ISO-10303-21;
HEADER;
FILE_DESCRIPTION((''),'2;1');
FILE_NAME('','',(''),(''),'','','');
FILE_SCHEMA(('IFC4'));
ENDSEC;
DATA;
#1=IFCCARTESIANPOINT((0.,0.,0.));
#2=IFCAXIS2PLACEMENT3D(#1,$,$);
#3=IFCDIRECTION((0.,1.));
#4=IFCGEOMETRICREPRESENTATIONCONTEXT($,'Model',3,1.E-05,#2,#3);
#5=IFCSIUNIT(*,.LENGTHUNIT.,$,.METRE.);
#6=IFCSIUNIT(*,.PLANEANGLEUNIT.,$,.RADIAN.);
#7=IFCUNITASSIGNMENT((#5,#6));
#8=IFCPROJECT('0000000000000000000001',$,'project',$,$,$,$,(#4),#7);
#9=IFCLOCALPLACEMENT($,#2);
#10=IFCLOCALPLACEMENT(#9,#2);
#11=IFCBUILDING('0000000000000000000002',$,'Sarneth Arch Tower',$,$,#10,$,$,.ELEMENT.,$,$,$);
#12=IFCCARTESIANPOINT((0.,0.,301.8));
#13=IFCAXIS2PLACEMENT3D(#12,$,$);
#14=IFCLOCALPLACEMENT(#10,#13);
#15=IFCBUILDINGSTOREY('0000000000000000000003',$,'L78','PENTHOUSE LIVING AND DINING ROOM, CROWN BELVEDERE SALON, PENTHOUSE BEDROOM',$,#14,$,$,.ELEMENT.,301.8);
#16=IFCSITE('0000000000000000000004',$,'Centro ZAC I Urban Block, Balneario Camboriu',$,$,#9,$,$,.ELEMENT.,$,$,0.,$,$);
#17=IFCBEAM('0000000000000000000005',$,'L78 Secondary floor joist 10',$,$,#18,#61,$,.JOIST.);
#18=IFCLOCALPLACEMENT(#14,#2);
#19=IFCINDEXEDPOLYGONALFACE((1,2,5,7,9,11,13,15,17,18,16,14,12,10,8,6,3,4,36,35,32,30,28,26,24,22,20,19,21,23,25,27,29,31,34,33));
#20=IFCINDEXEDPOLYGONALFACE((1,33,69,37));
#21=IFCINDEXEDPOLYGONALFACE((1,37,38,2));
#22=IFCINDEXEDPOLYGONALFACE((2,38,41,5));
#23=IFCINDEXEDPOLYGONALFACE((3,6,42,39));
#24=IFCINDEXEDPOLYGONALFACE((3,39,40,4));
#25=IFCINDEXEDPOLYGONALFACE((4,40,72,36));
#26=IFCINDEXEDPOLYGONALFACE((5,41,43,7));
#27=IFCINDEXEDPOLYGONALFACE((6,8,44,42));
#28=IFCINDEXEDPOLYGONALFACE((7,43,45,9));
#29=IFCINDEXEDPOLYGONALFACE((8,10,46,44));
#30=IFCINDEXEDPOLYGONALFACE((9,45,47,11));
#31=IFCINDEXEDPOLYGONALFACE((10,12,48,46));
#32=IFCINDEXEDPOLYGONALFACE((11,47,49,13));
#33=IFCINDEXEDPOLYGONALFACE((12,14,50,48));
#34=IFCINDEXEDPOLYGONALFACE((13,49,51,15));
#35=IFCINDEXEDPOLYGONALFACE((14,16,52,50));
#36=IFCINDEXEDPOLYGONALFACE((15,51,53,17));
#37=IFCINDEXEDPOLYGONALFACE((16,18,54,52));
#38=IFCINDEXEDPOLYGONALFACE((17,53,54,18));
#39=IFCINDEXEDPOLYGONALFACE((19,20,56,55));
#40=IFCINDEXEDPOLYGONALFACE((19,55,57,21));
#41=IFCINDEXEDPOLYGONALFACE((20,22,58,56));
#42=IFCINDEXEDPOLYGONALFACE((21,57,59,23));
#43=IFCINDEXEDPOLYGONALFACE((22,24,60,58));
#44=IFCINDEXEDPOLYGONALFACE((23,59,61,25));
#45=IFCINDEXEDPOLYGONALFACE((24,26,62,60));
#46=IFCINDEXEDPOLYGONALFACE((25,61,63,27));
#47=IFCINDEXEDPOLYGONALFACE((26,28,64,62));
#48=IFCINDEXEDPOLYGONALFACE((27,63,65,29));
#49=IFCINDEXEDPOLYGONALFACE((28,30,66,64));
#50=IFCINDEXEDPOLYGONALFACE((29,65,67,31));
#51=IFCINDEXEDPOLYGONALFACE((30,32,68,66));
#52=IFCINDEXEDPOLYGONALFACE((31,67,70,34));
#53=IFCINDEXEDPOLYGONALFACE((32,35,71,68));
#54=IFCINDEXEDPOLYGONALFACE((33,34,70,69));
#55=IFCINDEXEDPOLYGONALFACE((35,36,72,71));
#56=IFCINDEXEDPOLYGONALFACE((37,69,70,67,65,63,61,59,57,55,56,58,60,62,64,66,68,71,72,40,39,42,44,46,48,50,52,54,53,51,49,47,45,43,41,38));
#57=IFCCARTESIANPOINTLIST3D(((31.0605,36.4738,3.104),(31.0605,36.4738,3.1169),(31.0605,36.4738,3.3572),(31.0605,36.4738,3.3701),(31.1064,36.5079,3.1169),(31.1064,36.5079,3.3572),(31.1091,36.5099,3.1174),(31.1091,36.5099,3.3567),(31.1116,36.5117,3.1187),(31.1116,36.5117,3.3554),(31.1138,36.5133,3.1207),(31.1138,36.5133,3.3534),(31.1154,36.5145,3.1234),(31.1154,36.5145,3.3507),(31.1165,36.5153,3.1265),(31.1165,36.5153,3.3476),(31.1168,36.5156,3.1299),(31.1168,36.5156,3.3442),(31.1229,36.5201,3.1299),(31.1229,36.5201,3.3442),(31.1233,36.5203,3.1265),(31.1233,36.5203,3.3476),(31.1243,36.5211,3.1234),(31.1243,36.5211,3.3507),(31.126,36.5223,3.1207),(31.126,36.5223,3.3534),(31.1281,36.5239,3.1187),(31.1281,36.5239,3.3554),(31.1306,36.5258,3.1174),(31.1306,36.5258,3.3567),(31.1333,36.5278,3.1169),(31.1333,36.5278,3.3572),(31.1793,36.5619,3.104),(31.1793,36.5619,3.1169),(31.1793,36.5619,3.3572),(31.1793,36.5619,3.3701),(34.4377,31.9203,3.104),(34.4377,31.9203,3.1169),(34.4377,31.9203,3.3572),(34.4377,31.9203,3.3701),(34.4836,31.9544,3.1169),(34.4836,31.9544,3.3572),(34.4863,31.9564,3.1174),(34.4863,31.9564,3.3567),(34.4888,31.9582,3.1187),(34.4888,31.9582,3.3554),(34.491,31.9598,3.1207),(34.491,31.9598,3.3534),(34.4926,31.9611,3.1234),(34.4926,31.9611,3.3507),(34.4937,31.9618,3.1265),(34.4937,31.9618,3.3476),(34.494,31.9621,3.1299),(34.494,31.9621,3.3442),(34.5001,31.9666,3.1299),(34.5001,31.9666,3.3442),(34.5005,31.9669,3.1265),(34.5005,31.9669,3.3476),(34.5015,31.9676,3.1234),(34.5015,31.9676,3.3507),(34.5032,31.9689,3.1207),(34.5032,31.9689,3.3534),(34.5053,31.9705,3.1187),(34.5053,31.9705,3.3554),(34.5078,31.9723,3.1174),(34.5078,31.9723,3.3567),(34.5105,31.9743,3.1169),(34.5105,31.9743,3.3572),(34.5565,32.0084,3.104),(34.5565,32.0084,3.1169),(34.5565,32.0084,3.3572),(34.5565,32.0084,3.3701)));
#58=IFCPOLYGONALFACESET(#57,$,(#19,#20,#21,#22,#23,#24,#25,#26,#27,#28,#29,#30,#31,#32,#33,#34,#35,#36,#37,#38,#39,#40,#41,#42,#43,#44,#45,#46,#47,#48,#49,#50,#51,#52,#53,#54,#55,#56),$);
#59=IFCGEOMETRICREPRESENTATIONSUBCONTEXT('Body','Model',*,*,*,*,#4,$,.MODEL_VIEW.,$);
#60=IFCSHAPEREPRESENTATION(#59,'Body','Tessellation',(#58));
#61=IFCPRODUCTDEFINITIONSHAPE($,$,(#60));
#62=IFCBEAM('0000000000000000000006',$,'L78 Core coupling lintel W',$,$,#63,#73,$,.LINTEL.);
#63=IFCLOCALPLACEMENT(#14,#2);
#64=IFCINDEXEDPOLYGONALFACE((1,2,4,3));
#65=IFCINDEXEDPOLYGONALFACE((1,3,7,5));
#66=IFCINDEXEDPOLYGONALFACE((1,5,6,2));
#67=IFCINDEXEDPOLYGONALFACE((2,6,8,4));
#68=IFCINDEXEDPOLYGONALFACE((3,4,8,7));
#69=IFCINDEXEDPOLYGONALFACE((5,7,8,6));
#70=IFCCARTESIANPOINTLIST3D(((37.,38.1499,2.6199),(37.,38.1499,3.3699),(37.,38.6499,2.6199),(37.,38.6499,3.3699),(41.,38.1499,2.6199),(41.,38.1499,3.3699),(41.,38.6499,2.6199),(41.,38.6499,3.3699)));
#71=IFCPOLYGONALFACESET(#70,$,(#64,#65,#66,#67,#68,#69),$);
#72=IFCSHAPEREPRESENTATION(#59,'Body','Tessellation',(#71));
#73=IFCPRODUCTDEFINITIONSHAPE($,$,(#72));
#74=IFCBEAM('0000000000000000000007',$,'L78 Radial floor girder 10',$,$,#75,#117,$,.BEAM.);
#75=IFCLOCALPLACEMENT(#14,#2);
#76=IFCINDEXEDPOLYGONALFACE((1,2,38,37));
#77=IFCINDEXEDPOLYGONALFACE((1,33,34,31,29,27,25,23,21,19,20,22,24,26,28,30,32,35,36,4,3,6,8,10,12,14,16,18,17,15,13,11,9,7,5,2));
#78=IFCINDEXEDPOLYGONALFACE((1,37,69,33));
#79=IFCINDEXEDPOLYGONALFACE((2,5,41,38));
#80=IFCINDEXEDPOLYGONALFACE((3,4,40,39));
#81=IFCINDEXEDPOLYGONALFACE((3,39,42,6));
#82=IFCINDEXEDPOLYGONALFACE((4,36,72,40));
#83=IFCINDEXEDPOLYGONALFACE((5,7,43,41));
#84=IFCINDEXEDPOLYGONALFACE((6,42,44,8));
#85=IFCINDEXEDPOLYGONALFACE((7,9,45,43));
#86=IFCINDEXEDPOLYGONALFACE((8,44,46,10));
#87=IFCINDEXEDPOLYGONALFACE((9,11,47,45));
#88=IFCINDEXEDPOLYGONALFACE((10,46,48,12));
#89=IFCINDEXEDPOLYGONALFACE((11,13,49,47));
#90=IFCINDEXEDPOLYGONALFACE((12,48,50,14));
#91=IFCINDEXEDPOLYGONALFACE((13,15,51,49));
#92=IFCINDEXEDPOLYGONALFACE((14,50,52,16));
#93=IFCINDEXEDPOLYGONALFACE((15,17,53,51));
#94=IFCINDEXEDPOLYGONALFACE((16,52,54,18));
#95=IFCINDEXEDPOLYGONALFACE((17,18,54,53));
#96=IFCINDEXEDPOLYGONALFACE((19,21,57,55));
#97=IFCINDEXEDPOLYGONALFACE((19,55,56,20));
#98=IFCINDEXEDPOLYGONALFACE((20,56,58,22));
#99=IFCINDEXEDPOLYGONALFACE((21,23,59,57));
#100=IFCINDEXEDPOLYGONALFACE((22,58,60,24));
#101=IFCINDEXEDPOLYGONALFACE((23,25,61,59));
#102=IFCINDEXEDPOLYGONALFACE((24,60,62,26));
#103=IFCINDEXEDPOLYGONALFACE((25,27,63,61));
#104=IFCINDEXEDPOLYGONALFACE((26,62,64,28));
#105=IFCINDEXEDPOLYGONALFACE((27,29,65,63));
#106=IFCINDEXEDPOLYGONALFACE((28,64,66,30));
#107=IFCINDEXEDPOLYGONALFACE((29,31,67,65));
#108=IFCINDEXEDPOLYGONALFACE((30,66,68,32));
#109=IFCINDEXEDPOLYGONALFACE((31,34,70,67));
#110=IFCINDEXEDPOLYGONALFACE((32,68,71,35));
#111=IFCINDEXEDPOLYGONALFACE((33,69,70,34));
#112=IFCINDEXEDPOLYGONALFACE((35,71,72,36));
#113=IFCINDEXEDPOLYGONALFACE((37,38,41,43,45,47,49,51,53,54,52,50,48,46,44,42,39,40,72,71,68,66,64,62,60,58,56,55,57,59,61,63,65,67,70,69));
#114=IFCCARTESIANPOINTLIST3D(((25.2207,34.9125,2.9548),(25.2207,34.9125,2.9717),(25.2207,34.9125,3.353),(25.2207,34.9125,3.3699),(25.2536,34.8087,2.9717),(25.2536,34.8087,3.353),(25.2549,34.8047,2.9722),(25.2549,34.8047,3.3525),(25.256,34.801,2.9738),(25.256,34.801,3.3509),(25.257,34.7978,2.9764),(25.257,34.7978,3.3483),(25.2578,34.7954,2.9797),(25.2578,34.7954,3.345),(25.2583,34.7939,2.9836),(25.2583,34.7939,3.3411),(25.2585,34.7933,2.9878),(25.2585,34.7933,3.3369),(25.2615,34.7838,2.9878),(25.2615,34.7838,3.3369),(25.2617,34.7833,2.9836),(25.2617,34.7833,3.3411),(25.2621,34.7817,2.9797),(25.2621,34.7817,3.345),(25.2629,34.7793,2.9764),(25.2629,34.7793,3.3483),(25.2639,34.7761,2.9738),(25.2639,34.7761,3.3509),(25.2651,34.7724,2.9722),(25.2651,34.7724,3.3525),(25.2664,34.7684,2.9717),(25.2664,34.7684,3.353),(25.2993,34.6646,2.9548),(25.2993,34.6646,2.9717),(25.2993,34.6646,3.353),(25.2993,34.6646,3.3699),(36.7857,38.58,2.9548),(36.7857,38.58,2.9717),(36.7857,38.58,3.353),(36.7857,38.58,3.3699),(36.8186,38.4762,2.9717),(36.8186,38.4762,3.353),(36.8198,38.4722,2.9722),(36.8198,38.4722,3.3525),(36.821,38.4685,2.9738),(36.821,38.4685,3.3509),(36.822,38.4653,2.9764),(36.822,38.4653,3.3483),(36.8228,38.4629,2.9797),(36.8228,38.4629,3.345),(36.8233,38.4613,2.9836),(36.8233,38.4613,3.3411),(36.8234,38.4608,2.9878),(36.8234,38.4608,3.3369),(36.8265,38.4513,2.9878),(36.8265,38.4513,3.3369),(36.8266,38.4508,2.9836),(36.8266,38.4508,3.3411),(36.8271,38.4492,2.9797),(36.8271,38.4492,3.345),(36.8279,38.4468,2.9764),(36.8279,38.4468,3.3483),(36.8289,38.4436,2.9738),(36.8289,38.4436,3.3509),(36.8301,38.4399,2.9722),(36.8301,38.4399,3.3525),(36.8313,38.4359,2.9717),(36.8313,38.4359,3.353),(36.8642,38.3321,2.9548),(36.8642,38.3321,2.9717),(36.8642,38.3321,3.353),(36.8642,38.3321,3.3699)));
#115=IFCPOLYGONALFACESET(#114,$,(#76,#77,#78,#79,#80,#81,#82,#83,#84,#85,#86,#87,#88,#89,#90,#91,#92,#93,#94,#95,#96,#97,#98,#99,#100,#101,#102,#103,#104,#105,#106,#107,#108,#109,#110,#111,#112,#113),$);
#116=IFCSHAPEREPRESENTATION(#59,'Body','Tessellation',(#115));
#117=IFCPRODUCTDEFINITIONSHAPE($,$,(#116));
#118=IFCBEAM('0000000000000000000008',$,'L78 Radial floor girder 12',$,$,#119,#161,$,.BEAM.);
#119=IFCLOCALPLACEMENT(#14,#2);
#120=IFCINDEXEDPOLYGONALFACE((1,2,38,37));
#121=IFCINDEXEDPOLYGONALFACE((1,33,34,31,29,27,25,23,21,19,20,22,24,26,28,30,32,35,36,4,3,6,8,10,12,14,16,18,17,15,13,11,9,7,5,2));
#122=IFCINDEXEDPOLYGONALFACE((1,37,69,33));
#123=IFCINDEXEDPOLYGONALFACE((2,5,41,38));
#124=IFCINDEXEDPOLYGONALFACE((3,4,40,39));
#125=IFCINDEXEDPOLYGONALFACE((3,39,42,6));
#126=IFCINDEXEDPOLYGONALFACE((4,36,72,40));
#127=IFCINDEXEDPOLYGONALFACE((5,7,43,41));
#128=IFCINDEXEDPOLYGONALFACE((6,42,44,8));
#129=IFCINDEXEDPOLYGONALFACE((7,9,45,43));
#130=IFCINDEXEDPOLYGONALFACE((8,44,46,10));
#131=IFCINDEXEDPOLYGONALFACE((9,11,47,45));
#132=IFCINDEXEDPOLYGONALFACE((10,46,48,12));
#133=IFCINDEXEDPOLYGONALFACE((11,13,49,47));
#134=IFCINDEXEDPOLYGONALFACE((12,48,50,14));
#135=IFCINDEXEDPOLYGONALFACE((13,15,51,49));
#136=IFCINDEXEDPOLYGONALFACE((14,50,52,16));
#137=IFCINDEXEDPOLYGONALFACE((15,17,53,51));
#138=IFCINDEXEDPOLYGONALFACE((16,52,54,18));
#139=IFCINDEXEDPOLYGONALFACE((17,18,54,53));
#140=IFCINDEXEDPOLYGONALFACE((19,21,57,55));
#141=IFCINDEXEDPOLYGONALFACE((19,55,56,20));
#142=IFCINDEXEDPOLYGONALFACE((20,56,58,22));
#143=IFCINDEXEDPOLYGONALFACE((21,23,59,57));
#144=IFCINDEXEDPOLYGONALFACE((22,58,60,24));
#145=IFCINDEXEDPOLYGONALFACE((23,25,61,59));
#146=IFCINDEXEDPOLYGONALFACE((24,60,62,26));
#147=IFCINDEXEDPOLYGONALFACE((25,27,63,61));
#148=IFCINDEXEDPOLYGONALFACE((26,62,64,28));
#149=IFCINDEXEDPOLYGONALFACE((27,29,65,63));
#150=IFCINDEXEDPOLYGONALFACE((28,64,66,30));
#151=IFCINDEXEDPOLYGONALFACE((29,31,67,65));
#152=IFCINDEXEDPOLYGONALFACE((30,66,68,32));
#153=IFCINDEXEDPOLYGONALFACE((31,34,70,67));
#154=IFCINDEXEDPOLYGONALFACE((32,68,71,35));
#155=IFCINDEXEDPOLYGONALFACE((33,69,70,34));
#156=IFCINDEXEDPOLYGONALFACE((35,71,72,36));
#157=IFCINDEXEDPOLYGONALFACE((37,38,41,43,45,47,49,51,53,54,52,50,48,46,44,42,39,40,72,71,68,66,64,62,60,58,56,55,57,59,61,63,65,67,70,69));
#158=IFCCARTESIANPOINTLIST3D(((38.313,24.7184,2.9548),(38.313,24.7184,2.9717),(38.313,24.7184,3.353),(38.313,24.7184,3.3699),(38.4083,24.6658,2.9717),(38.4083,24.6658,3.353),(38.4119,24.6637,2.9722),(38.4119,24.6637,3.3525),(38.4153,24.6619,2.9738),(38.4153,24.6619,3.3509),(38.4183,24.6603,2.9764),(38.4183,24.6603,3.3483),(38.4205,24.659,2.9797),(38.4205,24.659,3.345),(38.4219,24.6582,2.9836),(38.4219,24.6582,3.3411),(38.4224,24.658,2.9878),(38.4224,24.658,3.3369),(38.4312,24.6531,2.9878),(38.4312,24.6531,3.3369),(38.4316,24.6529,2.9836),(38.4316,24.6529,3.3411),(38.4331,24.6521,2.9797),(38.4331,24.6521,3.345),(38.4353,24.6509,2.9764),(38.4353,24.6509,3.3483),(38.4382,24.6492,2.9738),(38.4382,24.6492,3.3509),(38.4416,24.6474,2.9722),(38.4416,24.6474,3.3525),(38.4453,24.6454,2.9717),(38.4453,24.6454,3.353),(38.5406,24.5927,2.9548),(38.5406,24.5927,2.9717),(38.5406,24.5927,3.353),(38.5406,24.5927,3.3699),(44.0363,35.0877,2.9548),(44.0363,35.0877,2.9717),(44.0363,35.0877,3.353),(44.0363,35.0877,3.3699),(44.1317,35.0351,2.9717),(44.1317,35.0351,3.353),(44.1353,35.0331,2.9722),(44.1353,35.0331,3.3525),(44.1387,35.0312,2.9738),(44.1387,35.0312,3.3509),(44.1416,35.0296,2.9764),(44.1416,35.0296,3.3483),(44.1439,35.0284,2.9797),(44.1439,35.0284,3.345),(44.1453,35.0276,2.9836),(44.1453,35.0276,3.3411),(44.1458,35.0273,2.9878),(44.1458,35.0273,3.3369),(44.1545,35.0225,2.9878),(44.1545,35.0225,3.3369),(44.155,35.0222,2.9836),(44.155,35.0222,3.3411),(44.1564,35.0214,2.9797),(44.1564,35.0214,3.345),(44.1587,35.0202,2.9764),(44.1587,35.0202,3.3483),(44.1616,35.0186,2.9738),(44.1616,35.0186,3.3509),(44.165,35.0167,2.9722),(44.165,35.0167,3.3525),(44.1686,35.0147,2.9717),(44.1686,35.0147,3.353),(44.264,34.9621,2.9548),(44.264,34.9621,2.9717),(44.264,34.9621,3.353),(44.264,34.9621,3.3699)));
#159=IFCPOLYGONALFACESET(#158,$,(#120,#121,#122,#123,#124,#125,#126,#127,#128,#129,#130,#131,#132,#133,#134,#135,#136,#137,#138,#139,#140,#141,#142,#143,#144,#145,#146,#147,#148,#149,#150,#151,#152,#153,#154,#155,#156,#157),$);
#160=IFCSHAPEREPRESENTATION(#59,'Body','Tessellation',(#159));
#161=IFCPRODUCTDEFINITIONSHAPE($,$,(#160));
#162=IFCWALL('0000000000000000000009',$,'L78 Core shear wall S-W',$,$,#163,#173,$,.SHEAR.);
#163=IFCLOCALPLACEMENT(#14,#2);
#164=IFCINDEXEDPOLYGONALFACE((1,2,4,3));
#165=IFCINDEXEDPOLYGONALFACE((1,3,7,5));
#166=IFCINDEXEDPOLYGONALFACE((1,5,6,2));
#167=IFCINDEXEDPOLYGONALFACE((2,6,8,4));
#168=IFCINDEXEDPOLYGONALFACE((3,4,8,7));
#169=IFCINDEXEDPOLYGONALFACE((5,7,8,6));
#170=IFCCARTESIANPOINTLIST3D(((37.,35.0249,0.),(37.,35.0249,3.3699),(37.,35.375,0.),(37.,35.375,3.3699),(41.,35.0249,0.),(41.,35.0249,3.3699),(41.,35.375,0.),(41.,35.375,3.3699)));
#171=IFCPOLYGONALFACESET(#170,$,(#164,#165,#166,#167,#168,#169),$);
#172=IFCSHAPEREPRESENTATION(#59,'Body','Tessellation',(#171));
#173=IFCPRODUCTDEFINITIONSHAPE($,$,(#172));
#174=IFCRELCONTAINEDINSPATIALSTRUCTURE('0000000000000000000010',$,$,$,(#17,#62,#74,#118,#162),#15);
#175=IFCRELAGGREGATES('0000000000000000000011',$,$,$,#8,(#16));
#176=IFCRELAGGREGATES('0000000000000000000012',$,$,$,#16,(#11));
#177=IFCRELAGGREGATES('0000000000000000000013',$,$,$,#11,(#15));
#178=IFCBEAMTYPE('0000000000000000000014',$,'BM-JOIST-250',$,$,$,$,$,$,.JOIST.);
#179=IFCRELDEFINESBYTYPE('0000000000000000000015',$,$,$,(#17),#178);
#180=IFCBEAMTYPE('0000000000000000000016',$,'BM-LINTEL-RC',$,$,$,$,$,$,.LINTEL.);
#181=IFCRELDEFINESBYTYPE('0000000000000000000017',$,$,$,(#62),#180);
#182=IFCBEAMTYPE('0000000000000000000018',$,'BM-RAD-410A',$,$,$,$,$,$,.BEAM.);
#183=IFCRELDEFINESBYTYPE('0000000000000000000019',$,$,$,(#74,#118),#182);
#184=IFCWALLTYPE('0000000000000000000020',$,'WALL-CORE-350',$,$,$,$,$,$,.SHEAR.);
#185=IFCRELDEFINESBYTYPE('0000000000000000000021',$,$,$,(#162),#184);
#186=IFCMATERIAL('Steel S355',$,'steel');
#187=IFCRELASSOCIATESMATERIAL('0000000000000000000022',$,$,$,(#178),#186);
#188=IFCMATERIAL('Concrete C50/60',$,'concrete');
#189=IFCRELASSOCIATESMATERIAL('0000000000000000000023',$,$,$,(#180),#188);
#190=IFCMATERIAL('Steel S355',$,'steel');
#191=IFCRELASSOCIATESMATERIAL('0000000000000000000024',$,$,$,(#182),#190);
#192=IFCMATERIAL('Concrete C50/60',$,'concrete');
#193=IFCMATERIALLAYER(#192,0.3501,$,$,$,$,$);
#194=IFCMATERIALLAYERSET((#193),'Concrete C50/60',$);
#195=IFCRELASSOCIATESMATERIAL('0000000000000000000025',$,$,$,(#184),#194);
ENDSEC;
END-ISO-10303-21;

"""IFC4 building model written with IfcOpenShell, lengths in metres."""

from ifc_helpers import new_model, si_unit, direction, frame, frame_2d, origin, origin_2d, place, context, subcontext, project, spatial, rectangle, i_section, extrude, material, layer, layer_set, material_profile, profile_set, type_object, element, save


model = new_model("IFC4")

# Units and contexts
model_context = context("Model", 3, precision=1e-05, world=origin(), true_north=direction((0.0, 1.0)))
body_context = subcontext(model_context, "Body", "Model", "MODEL_VIEW")
ifc_project = project(units=[si_unit("LENGTHUNIT", "METRE"), si_unit("PLANEANGLEUNIT", "RADIAN")], contexts=[model_context])

# Site, building, storey
site_placement = place(None, origin())
site = spatial("IfcSite", under=ifc_project, at=site_placement, Name="Centro ZAC I Urban Block, Balneario Camboriu", CompositionType="ELEMENT", RefElevation=0.0)
building_placement = place(site_placement, origin())
building = spatial("IfcBuilding", under=site, at=building_placement, Name="Sarneth Arch Tower", CompositionType="ELEMENT")
storey_placement = place(building_placement, frame((0.0, 0.0, 301.8)))
storey = spatial("IfcBuildingStorey", under=building, at=storey_placement, Name="L78", Description="PENTHOUSE LIVING AND DINING ROOM, CROWN BELVEDERE SALON, PENTHOUSE BEDROOM", CompositionType="ELEMENT", Elevation=301.8)

# Beams
ifc_material_1 = material(Name="Steel S355", Category="steel")
ifc_material_profile_1 = material_profile(ifc_material_1, i_section(OverallWidth=0.1479, OverallDepth=0.2661, WebThickness=0.0076, FlangeThickness=0.0129, FilletRadius=0.0129, at=origin_2d()), Name="W250x44.8")
ifc_profile_set_1 = profile_set([ifc_material_profile_1], Name="Steel S355")
beam_type_1 = type_object("IfcBeamType", Name="BM-JOIST-250", PredefinedType="JOIST", material=ifc_profile_set_1)
beam_1_placement = place(storey_placement, frame((31.1199, 36.5178, 3.2371), z_axis=(0.595713, -0.803198, 0.0), x_axis=(0.803198, 0.595713, 0.0)))
element("IfcBeam", 1, at=beam_1_placement, inside=storey, type_object=beam_type_1, Name="L78 Secondary floor joist 10", PredefinedType="JOIST", context=body_context, shape_type="SweptSolid", body=[
    extrude(i_section(OverallWidth=0.1479, OverallDepth=0.2661, WebThickness=0.0076, FlangeThickness=0.0129, FilletRadius=0.0129, at=origin_2d()), origin(), (0.0, 0.0, 1.0), 5.6692),
])
ifc_material_2 = material(Name="Concrete C50/60", Category="concrete")
ifc_material_profile_2 = material_profile(ifc_material_2, rectangle(XDim=0.5, YDim=0.75, at=origin_2d()), Name="RC-500x750")
ifc_profile_set_2 = profile_set([ifc_material_profile_2], Name="Concrete C50/60")
beam_type_2 = type_object("IfcBeamType", Name="BM-LINTEL-RC", PredefinedType="LINTEL", material=ifc_profile_set_2)
beam_2_placement = place(storey_placement, frame((37.0, 38.3999, 2.9949), z_axis=(1.0, 0.0, 0.0), x_axis=(0.0, 1.0, 0.0)))
element("IfcBeam", 2, at=beam_2_placement, inside=storey, type_object=beam_type_2, Name="L78 Core coupling lintel W", PredefinedType="LINTEL", context=body_context, shape_type="SweptSolid", body=[
    extrude(rectangle(XDim=0.5, YDim=0.75, at=origin_2d()), origin(), (0.0, 0.0, 1.0), 4.0),
])
ifc_material_3 = material(Name="Steel S355", Category="steel")
ifc_material_profile_3 = material_profile(ifc_material_3, i_section(OverallWidth=0.26, OverallDepth=0.415, WebThickness=0.01, FlangeThickness=0.0168, FilletRadius=0.0161, at=origin_2d()), Name="W410x100")
ifc_profile_set_3 = profile_set([ifc_material_profile_3], Name="Steel S355")
beam_type_3 = type_object("IfcBeamType", Name="BM-RAD-410A", PredefinedType="BEAM", material=ifc_profile_set_3)
beam_3_placement = place(storey_placement, frame((36.825, 38.4561, 3.1624), z_axis=(-0.953218, -0.302285, 0.0), x_axis=(0.302285, -0.953218, 0.0)))
element("IfcBeam", 3, at=beam_3_placement, inside=storey, type_object=beam_type_3, Name="L78 Radial floor girder 10", PredefinedType="BEAM", context=body_context, shape_type="SweptSolid", body=[
    extrude(i_section(OverallWidth=0.26, OverallDepth=0.415, WebThickness=0.01, FlangeThickness=0.0168, FilletRadius=0.0161, at=origin_2d()), origin(), (0.0, 0.0, 1.0), 12.1326),
])
beam_4_placement = place(storey_placement, frame((44.1501, 35.0249, 3.1624), z_axis=(-0.483229, -0.875494, 0.0), x_axis=(0.875494, -0.483229, 0.0)))
element("IfcBeam", 4, at=beam_4_placement, inside=storey, type_object=beam_type_3, Name="L78 Radial floor girder 12", PredefinedType="BEAM", context=body_context, shape_type="SweptSolid", body=[
    extrude(i_section(OverallWidth=0.26, OverallDepth=0.415, WebThickness=0.01, FlangeThickness=0.0168, FilletRadius=0.0161, at=origin_2d()), origin(), (0.0, 0.0, 1.0), 11.844),
])

# Wall
ifc_material_4 = material(Name="Concrete C50/60", Category="concrete")
ifc_layer_1 = layer(ifc_material_4, 0.3501)
ifc_layer_set_1 = layer_set([ifc_layer_1], Name="Concrete C50/60")
wall_type_1 = type_object("IfcWallType", Name="WALL-CORE-350", PredefinedType="SHEAR", material=ifc_layer_set_1)
wall_1_placement = place(storey_placement, frame((37.0, 35.2, 0.0), z_axis=(0.0, 0.0, 1.0), x_axis=(1.0, 0.0, 0.0)))
element("IfcWall", 5, at=wall_1_placement, inside=storey, type_object=wall_type_1, Name="L78 Core shear wall S-W", PredefinedType="SHEAR", context=body_context, shape_type="SweptSolid", body=[
    extrude(rectangle(XDim=4.0, YDim=0.3501, at=frame_2d((2.0, 0.0))), origin(), (0.0, 0.0, 1.0), 3.3699),
])

save(model, "model.ifc")
